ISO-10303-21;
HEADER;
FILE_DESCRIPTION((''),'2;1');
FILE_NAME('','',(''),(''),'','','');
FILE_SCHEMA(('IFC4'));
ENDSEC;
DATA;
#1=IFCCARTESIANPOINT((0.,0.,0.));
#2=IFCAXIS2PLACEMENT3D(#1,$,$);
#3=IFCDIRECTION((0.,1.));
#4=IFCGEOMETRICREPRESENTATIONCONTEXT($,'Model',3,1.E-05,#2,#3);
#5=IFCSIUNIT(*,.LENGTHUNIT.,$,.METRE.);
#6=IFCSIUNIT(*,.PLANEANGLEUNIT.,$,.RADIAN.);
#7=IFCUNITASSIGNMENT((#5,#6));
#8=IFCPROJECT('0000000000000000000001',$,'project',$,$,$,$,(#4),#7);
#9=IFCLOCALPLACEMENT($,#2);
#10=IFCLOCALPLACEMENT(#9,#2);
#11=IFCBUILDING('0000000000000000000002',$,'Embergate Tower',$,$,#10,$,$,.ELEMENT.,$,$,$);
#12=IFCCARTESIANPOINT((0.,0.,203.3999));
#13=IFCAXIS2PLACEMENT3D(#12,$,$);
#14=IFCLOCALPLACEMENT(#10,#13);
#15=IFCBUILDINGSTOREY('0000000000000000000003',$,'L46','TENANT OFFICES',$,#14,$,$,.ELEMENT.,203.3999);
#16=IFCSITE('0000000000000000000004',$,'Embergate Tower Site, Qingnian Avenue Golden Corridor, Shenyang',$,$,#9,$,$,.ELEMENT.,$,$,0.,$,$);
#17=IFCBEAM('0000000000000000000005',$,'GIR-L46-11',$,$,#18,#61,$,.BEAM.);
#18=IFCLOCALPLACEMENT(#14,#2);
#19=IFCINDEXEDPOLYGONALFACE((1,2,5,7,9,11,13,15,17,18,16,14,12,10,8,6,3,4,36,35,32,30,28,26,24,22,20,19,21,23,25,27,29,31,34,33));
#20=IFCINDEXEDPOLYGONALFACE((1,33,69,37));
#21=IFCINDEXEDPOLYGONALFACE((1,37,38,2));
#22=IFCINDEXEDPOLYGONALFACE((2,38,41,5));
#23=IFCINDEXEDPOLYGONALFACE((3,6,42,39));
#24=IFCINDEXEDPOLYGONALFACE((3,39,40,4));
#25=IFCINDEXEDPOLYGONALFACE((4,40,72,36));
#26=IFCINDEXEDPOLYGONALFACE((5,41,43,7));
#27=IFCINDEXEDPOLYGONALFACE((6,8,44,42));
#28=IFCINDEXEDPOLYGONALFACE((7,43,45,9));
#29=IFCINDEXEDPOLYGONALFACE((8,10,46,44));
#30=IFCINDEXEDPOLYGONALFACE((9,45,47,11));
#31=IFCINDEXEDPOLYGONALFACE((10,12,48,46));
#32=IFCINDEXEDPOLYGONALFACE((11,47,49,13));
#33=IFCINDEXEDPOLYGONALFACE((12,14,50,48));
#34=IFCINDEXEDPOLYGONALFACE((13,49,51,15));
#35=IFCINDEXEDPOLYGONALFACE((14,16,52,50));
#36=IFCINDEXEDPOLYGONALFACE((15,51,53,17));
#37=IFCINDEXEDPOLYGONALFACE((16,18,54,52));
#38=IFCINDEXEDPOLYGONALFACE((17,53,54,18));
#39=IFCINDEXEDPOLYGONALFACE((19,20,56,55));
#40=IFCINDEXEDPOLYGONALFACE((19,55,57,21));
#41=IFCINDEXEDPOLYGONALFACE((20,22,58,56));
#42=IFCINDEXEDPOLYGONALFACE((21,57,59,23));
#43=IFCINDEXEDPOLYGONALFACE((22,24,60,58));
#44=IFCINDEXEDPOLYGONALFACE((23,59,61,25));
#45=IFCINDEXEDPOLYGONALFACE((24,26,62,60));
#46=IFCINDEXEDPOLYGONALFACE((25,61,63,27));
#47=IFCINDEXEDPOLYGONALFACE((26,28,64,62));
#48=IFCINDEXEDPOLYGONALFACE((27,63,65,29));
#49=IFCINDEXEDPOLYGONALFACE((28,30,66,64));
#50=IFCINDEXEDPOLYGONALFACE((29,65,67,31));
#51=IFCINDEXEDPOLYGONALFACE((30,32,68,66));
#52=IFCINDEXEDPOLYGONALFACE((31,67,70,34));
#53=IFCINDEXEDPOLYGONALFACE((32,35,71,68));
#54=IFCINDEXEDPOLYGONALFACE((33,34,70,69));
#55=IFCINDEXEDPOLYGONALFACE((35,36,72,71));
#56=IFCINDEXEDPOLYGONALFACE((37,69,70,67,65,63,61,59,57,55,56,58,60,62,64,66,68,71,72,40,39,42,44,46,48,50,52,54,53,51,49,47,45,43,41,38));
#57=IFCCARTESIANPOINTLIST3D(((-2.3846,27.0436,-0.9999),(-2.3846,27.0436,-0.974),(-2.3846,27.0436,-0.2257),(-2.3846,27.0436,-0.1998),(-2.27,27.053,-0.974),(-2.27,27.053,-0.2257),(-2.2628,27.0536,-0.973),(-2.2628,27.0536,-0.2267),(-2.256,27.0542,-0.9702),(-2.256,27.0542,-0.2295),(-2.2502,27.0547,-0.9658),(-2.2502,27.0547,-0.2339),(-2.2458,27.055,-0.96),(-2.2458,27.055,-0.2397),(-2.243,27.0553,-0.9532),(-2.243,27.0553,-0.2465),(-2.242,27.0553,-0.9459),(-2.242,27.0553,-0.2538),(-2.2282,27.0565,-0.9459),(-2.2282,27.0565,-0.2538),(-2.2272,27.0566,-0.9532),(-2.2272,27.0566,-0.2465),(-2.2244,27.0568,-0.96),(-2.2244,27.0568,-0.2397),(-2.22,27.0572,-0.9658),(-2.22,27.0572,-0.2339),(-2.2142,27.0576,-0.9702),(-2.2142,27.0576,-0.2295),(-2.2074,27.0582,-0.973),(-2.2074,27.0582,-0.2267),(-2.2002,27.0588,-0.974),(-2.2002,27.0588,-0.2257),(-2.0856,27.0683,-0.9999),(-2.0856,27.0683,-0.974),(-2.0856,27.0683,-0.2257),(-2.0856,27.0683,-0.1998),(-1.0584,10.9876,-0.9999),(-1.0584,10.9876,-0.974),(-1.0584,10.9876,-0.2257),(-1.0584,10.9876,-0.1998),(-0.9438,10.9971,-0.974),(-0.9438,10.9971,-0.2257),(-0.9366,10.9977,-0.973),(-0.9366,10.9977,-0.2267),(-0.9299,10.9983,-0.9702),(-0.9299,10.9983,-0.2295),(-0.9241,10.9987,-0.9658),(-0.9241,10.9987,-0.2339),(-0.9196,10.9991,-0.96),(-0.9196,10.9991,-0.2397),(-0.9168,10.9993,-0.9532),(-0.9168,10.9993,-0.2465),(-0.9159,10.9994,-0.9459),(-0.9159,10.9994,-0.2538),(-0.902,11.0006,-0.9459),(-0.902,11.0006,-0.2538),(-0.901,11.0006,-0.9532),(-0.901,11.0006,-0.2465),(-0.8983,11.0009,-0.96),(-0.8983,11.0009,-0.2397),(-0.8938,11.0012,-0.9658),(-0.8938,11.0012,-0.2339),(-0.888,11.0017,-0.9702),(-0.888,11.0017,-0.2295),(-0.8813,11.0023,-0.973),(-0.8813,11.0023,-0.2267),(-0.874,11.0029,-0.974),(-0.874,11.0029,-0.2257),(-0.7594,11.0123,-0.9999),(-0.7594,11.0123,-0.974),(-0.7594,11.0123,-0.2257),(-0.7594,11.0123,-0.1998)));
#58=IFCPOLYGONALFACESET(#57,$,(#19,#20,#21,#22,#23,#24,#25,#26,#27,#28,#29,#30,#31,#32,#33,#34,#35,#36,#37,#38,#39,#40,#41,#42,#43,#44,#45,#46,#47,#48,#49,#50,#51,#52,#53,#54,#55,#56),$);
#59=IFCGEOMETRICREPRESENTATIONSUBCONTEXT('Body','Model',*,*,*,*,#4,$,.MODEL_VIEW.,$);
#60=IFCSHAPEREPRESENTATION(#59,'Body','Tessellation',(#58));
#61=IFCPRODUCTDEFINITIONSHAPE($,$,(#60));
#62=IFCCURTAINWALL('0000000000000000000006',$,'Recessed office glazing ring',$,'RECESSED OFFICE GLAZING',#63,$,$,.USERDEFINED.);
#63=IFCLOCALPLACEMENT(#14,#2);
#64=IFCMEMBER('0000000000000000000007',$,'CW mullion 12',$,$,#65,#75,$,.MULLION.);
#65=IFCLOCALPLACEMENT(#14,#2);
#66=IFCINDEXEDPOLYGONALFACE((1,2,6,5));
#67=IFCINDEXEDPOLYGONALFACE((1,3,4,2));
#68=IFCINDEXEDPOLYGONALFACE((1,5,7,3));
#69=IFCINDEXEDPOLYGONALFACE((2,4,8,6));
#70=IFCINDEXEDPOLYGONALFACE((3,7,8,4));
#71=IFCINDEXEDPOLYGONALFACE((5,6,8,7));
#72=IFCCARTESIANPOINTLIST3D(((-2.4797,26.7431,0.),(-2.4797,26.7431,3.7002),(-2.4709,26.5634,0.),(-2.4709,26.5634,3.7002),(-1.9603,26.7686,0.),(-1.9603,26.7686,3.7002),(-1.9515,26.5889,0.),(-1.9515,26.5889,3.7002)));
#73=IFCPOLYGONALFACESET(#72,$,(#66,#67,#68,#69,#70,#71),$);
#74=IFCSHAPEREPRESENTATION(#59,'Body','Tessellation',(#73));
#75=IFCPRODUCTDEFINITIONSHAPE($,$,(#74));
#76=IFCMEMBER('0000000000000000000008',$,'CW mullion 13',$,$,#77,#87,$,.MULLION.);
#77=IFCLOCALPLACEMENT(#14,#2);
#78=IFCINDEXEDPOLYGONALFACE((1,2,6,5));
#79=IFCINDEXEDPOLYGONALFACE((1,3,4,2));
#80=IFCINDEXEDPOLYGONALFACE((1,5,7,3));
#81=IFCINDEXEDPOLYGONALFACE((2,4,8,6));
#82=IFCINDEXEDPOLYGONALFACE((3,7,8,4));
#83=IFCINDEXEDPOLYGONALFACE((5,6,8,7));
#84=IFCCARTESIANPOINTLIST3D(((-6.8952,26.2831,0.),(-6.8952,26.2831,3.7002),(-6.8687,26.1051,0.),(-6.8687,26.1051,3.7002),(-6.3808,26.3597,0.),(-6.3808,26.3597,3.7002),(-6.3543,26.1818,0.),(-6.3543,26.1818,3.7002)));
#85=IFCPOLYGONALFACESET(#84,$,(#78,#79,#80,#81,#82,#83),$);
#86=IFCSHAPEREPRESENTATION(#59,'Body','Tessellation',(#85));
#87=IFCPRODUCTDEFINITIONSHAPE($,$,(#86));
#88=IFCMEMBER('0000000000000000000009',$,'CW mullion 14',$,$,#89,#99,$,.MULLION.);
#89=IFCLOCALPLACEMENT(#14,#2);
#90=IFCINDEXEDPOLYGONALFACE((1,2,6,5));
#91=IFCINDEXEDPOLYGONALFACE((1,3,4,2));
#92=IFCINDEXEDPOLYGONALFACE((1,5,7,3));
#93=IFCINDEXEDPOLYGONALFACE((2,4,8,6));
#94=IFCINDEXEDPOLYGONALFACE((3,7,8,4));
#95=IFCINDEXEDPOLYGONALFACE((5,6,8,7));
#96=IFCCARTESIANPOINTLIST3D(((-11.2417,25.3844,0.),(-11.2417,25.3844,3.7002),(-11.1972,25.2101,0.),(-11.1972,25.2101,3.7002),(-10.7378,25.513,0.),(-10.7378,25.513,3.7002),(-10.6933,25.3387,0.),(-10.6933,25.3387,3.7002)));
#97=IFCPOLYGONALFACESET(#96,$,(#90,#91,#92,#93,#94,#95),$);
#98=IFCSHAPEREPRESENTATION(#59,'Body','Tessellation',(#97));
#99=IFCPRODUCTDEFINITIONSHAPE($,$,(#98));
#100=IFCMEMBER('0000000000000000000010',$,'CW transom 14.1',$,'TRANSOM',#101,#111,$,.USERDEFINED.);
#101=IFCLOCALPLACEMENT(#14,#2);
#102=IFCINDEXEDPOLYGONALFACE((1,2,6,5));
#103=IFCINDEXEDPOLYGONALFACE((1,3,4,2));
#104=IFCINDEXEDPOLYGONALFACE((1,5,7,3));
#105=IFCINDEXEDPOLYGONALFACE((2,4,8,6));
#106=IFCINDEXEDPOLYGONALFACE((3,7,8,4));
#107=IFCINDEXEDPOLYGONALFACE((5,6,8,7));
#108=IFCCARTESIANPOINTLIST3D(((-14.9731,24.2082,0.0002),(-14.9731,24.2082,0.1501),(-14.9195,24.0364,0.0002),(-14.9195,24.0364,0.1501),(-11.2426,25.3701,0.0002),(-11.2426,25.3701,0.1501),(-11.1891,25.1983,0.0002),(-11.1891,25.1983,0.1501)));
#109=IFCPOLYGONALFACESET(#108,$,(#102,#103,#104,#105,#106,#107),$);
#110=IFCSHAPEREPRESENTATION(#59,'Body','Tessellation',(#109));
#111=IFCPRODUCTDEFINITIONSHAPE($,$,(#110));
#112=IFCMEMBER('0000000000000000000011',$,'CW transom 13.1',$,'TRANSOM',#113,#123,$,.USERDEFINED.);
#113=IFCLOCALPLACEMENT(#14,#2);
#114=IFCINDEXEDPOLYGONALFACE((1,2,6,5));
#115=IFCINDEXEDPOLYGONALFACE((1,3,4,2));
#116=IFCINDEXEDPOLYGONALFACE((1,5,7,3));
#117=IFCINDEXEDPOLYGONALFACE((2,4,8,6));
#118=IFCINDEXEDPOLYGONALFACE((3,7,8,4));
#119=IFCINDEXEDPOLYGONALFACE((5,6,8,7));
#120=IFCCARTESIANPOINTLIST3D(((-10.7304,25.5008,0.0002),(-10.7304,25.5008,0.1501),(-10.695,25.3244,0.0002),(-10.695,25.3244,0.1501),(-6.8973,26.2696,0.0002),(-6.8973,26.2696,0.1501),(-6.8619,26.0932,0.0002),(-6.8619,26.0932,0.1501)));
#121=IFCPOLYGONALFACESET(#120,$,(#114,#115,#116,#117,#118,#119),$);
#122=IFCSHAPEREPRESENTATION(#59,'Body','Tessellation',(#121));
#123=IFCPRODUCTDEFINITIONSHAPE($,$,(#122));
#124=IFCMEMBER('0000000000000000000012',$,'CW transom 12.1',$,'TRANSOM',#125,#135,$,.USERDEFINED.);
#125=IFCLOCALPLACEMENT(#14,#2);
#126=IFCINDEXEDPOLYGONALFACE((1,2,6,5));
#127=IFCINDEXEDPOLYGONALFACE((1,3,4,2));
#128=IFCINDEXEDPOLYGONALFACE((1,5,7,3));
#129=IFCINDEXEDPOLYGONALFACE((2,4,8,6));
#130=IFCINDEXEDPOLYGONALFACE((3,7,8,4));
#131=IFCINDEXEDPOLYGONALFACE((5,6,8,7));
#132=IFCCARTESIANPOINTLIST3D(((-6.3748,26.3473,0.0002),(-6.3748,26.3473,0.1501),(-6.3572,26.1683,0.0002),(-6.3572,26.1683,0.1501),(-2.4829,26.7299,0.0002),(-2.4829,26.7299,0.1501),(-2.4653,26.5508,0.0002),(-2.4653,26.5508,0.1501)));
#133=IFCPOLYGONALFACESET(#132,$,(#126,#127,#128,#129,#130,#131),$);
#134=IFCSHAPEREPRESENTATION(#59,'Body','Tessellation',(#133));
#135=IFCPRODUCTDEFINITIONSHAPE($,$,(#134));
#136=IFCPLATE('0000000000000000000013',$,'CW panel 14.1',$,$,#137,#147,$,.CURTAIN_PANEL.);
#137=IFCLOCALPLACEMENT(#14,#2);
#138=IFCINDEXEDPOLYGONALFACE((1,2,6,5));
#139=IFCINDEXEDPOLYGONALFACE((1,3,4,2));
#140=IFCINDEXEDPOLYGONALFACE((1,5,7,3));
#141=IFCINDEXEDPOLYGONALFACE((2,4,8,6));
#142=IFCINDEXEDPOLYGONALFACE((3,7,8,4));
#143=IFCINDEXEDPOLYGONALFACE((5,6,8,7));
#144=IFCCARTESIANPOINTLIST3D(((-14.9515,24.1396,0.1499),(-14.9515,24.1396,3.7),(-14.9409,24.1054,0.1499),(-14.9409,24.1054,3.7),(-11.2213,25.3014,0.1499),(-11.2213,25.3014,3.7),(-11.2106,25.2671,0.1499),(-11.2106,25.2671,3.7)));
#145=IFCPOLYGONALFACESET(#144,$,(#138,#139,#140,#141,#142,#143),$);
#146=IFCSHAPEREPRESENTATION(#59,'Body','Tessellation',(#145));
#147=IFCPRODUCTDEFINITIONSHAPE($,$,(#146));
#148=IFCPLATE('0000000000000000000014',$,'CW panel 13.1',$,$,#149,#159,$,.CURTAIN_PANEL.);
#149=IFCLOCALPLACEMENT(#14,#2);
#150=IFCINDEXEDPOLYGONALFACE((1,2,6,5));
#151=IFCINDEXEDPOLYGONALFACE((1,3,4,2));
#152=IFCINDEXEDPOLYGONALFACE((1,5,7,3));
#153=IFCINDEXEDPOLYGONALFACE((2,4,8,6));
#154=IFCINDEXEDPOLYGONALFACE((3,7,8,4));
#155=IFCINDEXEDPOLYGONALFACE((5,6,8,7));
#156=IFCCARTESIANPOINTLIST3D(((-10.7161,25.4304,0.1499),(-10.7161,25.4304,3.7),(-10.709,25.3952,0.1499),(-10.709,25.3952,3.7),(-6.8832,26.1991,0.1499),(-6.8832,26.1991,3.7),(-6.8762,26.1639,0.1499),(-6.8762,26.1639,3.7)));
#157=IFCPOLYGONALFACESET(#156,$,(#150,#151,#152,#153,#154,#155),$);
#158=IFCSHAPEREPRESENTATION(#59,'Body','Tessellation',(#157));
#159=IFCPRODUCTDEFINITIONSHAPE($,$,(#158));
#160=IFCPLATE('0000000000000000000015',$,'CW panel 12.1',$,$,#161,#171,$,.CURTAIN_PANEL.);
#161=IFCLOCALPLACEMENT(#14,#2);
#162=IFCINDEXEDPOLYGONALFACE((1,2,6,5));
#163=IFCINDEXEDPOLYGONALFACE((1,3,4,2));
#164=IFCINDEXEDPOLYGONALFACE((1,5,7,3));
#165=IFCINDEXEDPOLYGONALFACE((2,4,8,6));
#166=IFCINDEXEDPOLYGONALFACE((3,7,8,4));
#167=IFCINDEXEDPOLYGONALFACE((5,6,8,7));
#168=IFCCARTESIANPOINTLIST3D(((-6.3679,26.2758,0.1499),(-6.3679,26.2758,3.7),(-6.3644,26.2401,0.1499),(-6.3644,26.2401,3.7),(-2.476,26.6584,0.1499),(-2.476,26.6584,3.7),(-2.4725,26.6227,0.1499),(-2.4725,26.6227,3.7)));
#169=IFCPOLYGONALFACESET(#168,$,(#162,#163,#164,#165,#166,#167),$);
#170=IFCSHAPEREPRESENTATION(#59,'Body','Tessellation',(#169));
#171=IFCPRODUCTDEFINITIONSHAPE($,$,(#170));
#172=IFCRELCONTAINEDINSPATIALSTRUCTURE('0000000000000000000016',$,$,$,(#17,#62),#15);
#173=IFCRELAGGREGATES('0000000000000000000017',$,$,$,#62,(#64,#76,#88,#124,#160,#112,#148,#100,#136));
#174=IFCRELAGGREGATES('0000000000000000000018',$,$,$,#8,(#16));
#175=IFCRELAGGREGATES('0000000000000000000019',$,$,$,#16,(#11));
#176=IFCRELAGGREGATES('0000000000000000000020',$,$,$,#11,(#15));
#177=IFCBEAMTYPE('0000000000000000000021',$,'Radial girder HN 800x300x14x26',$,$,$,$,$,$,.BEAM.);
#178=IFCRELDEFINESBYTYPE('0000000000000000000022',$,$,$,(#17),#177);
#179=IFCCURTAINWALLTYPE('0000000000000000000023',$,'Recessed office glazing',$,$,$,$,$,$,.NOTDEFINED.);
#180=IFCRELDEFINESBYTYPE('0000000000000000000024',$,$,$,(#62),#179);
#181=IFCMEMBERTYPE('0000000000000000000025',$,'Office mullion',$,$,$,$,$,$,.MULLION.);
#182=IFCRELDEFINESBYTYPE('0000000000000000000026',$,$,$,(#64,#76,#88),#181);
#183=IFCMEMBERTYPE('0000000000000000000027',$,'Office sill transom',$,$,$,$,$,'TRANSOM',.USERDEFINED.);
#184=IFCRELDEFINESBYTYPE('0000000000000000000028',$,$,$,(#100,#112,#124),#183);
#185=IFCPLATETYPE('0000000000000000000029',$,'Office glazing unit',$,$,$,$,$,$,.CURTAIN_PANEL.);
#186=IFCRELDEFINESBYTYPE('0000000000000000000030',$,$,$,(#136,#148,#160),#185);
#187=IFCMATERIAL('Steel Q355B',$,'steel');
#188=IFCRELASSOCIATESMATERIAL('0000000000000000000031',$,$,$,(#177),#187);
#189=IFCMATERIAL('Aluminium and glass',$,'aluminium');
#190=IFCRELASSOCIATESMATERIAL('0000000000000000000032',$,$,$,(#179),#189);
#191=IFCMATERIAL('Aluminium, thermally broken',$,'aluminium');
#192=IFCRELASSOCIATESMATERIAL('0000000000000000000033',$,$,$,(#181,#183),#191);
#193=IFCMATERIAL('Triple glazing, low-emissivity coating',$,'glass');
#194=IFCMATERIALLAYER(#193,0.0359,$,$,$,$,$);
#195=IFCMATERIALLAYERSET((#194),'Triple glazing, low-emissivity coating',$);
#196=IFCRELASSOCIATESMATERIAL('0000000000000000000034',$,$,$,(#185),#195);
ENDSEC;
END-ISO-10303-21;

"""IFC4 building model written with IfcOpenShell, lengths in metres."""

from ifc_helpers import new_model, si_unit, direction, frame, origin, origin_2d, place, context, subcontext, project, spatial, rectangle, i_section, extrude, source, transform, mapped, material, layer, layer_set, material_profile, profile_set, type_object, element, aggregate, save


model = new_model("IFC4")

# Units and contexts
model_context = context("Model", 3, precision=1e-05, world=origin(), true_north=direction((0.0, 1.0)))
body_context = subcontext(model_context, "Body", "Model", "MODEL_VIEW")
ifc_project = project(units=[si_unit("LENGTHUNIT", "METRE"), si_unit("PLANEANGLEUNIT", "RADIAN")], contexts=[model_context])

# Site, building, storey
site_placement = place(None, origin())
site = spatial("IfcSite", under=ifc_project, at=site_placement, Name="Embergate Tower Site, Qingnian Avenue Golden Corridor, Shenyang", CompositionType="ELEMENT", RefElevation=0.0)
building_placement = place(site_placement, origin())
building = spatial("IfcBuilding", under=site, at=building_placement, Name="Embergate Tower", CompositionType="ELEMENT")
storey_placement = place(building_placement, frame((0.0, 0.0, 203.3999)))
storey = spatial("IfcBuildingStorey", under=building, at=storey_placement, Name="L46", Description="TENANT OFFICES", CompositionType="ELEMENT", Elevation=203.3999)

# Beam
ifc_material_1 = material(Name="Steel Q355B", Category="steel")
ifc_material_profile_1 = material_profile(ifc_material_1, i_section(OverallWidth=0.3, OverallDepth=0.8, WebThickness=0.0139, FlangeThickness=0.0259, FilletRadius=0.0281, at=origin_2d()), Name="HN 800x300x14x26")
ifc_profile_set_1 = profile_set([ifc_material_profile_1], Name="Steel Q355 grade B")
beam_type_1 = type_object("IfcBeamType", Name="Radial girder HN 800x300x14x26", PredefinedType="BEAM", material=ifc_profile_set_1)
shared_shape_1 = source(origin(), body_context, "Body", "SweptSolid", [
    extrude(i_section(OverallWidth=0.3, OverallDepth=0.8, WebThickness=0.0139, FlangeThickness=0.0259, FilletRadius=0.0281, at=origin_2d()), origin(), (0.0, 0.0, 1.0), 16.1106),
])
beam_1_placement = place(storey_placement, frame((-2.2351, 27.0559, -0.5999), z_axis=(0.082317, -0.996606, 0.0), x_axis=(0.996606, 0.082317, 0.0)))
element("IfcBeam", 1, at=beam_1_placement, inside=storey, type_object=beam_type_1, Name="GIR-L46-11", PredefinedType="BEAM", context=body_context, shape_type="MappedRepresentation", body=[
    mapped(shared_shape_1, transform((0.0, 0.0, 0.0))),
])

# Curtain wall, members, plates
ifc_material_2 = material(Name="Aluminium and glass", Category="aluminium")
curtain_wall_type = type_object("IfcCurtainWallType", Name="Recessed office glazing", PredefinedType="NOTDEFINED", material=ifc_material_2)
curtain_wall_placement = place(storey_placement, origin())
curtain_wall = element("IfcCurtainWall", 2, at=curtain_wall_placement, inside=storey, type_object=curtain_wall_type, Name="Recessed office glazing ring", ObjectType="RECESSED OFFICE GLAZING", PredefinedType="USERDEFINED")
ifc_material_3 = material(Name="Aluminium, thermally broken", Category="aluminium")
ifc_material_profile_2 = material_profile(ifc_material_3, rectangle(XDim=0.1799, YDim=0.52, at=origin_2d()), Name="AL 520x180")
ifc_profile_set_2 = profile_set([ifc_material_profile_2], Name="Aluminium, thermally broken")
member_type_1 = type_object("IfcMemberType", Name="Office mullion", PredefinedType="MULLION", material=ifc_profile_set_2)
shared_shape_2 = source(origin(), body_context, "Body", "SweptSolid", [
    extrude(rectangle(XDim=0.1799, YDim=0.52, at=origin_2d()), origin(), (0.0, 0.0, 1.0), 3.7002),
])
member_1_placement = place(storey_placement, frame((-2.2156, 26.666, 0.0), z_axis=(0.0, 0.0, 1.0), x_axis=(0.048972, -0.9988, 0.0)))
member_1 = element("IfcMember", 3, at=member_1_placement, type_object=member_type_1, Name="CW mullion 12", PredefinedType="MULLION", context=body_context, shape_type="MappedRepresentation", body=[
    mapped(shared_shape_2, transform((0.0, 0.0, 0.0))),
])
member_2_placement = place(storey_placement, frame((-6.6248, 26.2324, 0.0), z_axis=(0.0, 0.0, 1.0), x_axis=(0.147416, -0.989075, 0.0)))
member_2 = element("IfcMember", 4, at=member_2_placement, type_object=member_type_1, Name="CW mullion 13", PredefinedType="MULLION", context=body_context, shape_type="MappedRepresentation", body=[
    mapped(shared_shape_2, transform((0.0, 0.0, 0.0))),
])
member_3_placement = place(storey_placement, frame((-10.9675, 25.3616, 0.0), z_axis=(0.0, 0.0, 1.0), x_axis=(0.247319, -0.968934, 0.0)))
member_3 = element("IfcMember", 5, at=member_3_placement, type_object=member_type_1, Name="CW mullion 14", PredefinedType="MULLION", context=body_context, shape_type="MappedRepresentation", body=[
    mapped(shared_shape_2, transform((0.0, 0.0, 0.0))),
])
ifc_material_profile_3 = material_profile(ifc_material_3, rectangle(XDim=0.1799, YDim=0.1499, at=origin_2d()), Name="AL 150x180")
ifc_profile_set_3 = profile_set([ifc_material_profile_3], Name="Aluminium, thermally broken")
member_type_2 = type_object("IfcMemberType", Name="Office sill transom", ElementType="TRANSOM", PredefinedType="USERDEFINED", material=ifc_profile_set_3)
shared_shape_3 = source(origin(), body_context, "Body", "SweptSolid", [
    extrude(rectangle(XDim=0.1799, YDim=0.1499, at=origin_2d()), origin(), (0.0, 0.0, 1.0), 3.9072),
])
member_4_placement = place(storey_placement, frame((-11.2158, 25.2842, 0.0752), z_axis=(-0.954764, -0.297364, 0.0), x_axis=(0.297364, -0.954764, 0.0)))
member_4 = element("IfcMember", 6, at=member_4_placement, type_object=member_type_2, Name="CW transom 14.1", ObjectType="TRANSOM", PredefinedType="USERDEFINED", context=body_context, shape_type="MappedRepresentation", body=[
    mapped(shared_shape_3, transform((0.0, 0.0, 0.0))),
])
shared_shape_4 = source(origin(), body_context, "Body", "SweptSolid", [
    extrude(rectangle(XDim=0.1799, YDim=0.1499, at=origin_2d()), origin(), (0.0, 0.0, 1.0), 3.9094),
])
member_5_placement = place(storey_placement, frame((-6.8796, 26.1814, 0.0752), z_axis=(-0.980472, -0.196657, 0.0), x_axis=(0.196657, -0.980472, 0.0)))
member_5 = element("IfcMember", 7, at=member_5_placement, type_object=member_type_2, Name="CW transom 13.1", ObjectType="TRANSOM", PredefinedType="USERDEFINED", context=body_context, shape_type="MappedRepresentation", body=[
    mapped(shared_shape_4, transform((0.0, 0.0, 0.0))),
])
shared_shape_5 = source(origin(), body_context, "Body", "SweptSolid", [
    extrude(rectangle(XDim=0.1799, YDim=0.1499, at=origin_2d()), origin(), (0.0, 0.0, 1.0), 3.9106),
])
member_6_placement = place(storey_placement, frame((-2.4741, 26.6404, 0.0752), z_axis=(-0.995203, -0.097828, 0.0), x_axis=(0.097828, -0.995203, 0.0)))
member_6 = element("IfcMember", 8, at=member_6_placement, type_object=member_type_2, Name="CW transom 12.1", ObjectType="TRANSOM", PredefinedType="USERDEFINED", context=body_context, shape_type="MappedRepresentation", body=[
    mapped(shared_shape_5, transform((0.0, 0.0, 0.0))),
])
ifc_material_4 = material(Name="Triple glazing, low-emissivity coating", Category="glass")
ifc_layer_1 = layer(ifc_material_4, 0.0359)
ifc_layer_set_1 = layer_set([ifc_layer_1], Name="Triple glazing, low-emissivity coating")
plate_type = type_object("IfcPlateType", Name="Office glazing unit", PredefinedType="CURTAIN_PANEL", material=ifc_layer_set_1)
shared_shape_6 = source(origin(), body_context, "Body", "SweptSolid", [
    extrude(rectangle(XDim=3.907, YDim=0.0359, at=origin_2d()), origin(), (0.0, 0.0, 1.0), 3.55),
])
plate_1_placement = place(storey_placement, frame((-13.0811, 24.7034, 0.1499), z_axis=(0.0, 0.0, 1.0), x_axis=(-0.95477, -0.297347, 0.0)))
plate_1 = element("IfcPlate", 9, at=plate_1_placement, type_object=plate_type, Name="CW panel 14.1", PredefinedType="CURTAIN_PANEL", context=body_context, shape_type="MappedRepresentation", body=[
    mapped(shared_shape_6, transform((0.0, 0.0, 0.0))),
])
shared_shape_7 = source(origin(), body_context, "Body", "SweptSolid", [
    extrude(rectangle(XDim=3.9092, YDim=0.0359, at=origin_2d()), origin(), (0.0, 0.0, 1.0), 3.55),
])
plate_2_placement = place(storey_placement, frame((-8.7961, 25.7971, 0.1499), z_axis=(0.0, 0.0, 1.0), x_axis=(-0.980475, -0.196646, 0.0)))
plate_2 = element("IfcPlate", 10, at=plate_2_placement, type_object=plate_type, Name="CW panel 13.1", PredefinedType="CURTAIN_PANEL", context=body_context, shape_type="MappedRepresentation", body=[
    mapped(shared_shape_7, transform((0.0, 0.0, 0.0))),
])
shared_shape_8 = source(origin(), body_context, "Body", "SweptSolid", [
    extrude(rectangle(XDim=3.9106, YDim=0.0359, at=origin_2d()), origin(), (0.0, 0.0, 1.0), 3.55),
])
plate_3_placement = place(storey_placement, frame((-4.4202, 26.4492, 0.1499), z_axis=(0.0, 0.0, 1.0), x_axis=(-0.995203, -0.097833, 0.0)))
plate_3 = element("IfcPlate", 11, at=plate_3_placement, type_object=plate_type, Name="CW panel 12.1", PredefinedType="CURTAIN_PANEL", context=body_context, shape_type="MappedRepresentation", body=[
    mapped(shared_shape_8, transform((0.0, 0.0, 0.0))),
])
aggregate(curtain_wall, [member_1, member_2, member_3, member_6, plate_3, member_5, plate_2, member_4, plate_1])

save(model, "model.ifc")
